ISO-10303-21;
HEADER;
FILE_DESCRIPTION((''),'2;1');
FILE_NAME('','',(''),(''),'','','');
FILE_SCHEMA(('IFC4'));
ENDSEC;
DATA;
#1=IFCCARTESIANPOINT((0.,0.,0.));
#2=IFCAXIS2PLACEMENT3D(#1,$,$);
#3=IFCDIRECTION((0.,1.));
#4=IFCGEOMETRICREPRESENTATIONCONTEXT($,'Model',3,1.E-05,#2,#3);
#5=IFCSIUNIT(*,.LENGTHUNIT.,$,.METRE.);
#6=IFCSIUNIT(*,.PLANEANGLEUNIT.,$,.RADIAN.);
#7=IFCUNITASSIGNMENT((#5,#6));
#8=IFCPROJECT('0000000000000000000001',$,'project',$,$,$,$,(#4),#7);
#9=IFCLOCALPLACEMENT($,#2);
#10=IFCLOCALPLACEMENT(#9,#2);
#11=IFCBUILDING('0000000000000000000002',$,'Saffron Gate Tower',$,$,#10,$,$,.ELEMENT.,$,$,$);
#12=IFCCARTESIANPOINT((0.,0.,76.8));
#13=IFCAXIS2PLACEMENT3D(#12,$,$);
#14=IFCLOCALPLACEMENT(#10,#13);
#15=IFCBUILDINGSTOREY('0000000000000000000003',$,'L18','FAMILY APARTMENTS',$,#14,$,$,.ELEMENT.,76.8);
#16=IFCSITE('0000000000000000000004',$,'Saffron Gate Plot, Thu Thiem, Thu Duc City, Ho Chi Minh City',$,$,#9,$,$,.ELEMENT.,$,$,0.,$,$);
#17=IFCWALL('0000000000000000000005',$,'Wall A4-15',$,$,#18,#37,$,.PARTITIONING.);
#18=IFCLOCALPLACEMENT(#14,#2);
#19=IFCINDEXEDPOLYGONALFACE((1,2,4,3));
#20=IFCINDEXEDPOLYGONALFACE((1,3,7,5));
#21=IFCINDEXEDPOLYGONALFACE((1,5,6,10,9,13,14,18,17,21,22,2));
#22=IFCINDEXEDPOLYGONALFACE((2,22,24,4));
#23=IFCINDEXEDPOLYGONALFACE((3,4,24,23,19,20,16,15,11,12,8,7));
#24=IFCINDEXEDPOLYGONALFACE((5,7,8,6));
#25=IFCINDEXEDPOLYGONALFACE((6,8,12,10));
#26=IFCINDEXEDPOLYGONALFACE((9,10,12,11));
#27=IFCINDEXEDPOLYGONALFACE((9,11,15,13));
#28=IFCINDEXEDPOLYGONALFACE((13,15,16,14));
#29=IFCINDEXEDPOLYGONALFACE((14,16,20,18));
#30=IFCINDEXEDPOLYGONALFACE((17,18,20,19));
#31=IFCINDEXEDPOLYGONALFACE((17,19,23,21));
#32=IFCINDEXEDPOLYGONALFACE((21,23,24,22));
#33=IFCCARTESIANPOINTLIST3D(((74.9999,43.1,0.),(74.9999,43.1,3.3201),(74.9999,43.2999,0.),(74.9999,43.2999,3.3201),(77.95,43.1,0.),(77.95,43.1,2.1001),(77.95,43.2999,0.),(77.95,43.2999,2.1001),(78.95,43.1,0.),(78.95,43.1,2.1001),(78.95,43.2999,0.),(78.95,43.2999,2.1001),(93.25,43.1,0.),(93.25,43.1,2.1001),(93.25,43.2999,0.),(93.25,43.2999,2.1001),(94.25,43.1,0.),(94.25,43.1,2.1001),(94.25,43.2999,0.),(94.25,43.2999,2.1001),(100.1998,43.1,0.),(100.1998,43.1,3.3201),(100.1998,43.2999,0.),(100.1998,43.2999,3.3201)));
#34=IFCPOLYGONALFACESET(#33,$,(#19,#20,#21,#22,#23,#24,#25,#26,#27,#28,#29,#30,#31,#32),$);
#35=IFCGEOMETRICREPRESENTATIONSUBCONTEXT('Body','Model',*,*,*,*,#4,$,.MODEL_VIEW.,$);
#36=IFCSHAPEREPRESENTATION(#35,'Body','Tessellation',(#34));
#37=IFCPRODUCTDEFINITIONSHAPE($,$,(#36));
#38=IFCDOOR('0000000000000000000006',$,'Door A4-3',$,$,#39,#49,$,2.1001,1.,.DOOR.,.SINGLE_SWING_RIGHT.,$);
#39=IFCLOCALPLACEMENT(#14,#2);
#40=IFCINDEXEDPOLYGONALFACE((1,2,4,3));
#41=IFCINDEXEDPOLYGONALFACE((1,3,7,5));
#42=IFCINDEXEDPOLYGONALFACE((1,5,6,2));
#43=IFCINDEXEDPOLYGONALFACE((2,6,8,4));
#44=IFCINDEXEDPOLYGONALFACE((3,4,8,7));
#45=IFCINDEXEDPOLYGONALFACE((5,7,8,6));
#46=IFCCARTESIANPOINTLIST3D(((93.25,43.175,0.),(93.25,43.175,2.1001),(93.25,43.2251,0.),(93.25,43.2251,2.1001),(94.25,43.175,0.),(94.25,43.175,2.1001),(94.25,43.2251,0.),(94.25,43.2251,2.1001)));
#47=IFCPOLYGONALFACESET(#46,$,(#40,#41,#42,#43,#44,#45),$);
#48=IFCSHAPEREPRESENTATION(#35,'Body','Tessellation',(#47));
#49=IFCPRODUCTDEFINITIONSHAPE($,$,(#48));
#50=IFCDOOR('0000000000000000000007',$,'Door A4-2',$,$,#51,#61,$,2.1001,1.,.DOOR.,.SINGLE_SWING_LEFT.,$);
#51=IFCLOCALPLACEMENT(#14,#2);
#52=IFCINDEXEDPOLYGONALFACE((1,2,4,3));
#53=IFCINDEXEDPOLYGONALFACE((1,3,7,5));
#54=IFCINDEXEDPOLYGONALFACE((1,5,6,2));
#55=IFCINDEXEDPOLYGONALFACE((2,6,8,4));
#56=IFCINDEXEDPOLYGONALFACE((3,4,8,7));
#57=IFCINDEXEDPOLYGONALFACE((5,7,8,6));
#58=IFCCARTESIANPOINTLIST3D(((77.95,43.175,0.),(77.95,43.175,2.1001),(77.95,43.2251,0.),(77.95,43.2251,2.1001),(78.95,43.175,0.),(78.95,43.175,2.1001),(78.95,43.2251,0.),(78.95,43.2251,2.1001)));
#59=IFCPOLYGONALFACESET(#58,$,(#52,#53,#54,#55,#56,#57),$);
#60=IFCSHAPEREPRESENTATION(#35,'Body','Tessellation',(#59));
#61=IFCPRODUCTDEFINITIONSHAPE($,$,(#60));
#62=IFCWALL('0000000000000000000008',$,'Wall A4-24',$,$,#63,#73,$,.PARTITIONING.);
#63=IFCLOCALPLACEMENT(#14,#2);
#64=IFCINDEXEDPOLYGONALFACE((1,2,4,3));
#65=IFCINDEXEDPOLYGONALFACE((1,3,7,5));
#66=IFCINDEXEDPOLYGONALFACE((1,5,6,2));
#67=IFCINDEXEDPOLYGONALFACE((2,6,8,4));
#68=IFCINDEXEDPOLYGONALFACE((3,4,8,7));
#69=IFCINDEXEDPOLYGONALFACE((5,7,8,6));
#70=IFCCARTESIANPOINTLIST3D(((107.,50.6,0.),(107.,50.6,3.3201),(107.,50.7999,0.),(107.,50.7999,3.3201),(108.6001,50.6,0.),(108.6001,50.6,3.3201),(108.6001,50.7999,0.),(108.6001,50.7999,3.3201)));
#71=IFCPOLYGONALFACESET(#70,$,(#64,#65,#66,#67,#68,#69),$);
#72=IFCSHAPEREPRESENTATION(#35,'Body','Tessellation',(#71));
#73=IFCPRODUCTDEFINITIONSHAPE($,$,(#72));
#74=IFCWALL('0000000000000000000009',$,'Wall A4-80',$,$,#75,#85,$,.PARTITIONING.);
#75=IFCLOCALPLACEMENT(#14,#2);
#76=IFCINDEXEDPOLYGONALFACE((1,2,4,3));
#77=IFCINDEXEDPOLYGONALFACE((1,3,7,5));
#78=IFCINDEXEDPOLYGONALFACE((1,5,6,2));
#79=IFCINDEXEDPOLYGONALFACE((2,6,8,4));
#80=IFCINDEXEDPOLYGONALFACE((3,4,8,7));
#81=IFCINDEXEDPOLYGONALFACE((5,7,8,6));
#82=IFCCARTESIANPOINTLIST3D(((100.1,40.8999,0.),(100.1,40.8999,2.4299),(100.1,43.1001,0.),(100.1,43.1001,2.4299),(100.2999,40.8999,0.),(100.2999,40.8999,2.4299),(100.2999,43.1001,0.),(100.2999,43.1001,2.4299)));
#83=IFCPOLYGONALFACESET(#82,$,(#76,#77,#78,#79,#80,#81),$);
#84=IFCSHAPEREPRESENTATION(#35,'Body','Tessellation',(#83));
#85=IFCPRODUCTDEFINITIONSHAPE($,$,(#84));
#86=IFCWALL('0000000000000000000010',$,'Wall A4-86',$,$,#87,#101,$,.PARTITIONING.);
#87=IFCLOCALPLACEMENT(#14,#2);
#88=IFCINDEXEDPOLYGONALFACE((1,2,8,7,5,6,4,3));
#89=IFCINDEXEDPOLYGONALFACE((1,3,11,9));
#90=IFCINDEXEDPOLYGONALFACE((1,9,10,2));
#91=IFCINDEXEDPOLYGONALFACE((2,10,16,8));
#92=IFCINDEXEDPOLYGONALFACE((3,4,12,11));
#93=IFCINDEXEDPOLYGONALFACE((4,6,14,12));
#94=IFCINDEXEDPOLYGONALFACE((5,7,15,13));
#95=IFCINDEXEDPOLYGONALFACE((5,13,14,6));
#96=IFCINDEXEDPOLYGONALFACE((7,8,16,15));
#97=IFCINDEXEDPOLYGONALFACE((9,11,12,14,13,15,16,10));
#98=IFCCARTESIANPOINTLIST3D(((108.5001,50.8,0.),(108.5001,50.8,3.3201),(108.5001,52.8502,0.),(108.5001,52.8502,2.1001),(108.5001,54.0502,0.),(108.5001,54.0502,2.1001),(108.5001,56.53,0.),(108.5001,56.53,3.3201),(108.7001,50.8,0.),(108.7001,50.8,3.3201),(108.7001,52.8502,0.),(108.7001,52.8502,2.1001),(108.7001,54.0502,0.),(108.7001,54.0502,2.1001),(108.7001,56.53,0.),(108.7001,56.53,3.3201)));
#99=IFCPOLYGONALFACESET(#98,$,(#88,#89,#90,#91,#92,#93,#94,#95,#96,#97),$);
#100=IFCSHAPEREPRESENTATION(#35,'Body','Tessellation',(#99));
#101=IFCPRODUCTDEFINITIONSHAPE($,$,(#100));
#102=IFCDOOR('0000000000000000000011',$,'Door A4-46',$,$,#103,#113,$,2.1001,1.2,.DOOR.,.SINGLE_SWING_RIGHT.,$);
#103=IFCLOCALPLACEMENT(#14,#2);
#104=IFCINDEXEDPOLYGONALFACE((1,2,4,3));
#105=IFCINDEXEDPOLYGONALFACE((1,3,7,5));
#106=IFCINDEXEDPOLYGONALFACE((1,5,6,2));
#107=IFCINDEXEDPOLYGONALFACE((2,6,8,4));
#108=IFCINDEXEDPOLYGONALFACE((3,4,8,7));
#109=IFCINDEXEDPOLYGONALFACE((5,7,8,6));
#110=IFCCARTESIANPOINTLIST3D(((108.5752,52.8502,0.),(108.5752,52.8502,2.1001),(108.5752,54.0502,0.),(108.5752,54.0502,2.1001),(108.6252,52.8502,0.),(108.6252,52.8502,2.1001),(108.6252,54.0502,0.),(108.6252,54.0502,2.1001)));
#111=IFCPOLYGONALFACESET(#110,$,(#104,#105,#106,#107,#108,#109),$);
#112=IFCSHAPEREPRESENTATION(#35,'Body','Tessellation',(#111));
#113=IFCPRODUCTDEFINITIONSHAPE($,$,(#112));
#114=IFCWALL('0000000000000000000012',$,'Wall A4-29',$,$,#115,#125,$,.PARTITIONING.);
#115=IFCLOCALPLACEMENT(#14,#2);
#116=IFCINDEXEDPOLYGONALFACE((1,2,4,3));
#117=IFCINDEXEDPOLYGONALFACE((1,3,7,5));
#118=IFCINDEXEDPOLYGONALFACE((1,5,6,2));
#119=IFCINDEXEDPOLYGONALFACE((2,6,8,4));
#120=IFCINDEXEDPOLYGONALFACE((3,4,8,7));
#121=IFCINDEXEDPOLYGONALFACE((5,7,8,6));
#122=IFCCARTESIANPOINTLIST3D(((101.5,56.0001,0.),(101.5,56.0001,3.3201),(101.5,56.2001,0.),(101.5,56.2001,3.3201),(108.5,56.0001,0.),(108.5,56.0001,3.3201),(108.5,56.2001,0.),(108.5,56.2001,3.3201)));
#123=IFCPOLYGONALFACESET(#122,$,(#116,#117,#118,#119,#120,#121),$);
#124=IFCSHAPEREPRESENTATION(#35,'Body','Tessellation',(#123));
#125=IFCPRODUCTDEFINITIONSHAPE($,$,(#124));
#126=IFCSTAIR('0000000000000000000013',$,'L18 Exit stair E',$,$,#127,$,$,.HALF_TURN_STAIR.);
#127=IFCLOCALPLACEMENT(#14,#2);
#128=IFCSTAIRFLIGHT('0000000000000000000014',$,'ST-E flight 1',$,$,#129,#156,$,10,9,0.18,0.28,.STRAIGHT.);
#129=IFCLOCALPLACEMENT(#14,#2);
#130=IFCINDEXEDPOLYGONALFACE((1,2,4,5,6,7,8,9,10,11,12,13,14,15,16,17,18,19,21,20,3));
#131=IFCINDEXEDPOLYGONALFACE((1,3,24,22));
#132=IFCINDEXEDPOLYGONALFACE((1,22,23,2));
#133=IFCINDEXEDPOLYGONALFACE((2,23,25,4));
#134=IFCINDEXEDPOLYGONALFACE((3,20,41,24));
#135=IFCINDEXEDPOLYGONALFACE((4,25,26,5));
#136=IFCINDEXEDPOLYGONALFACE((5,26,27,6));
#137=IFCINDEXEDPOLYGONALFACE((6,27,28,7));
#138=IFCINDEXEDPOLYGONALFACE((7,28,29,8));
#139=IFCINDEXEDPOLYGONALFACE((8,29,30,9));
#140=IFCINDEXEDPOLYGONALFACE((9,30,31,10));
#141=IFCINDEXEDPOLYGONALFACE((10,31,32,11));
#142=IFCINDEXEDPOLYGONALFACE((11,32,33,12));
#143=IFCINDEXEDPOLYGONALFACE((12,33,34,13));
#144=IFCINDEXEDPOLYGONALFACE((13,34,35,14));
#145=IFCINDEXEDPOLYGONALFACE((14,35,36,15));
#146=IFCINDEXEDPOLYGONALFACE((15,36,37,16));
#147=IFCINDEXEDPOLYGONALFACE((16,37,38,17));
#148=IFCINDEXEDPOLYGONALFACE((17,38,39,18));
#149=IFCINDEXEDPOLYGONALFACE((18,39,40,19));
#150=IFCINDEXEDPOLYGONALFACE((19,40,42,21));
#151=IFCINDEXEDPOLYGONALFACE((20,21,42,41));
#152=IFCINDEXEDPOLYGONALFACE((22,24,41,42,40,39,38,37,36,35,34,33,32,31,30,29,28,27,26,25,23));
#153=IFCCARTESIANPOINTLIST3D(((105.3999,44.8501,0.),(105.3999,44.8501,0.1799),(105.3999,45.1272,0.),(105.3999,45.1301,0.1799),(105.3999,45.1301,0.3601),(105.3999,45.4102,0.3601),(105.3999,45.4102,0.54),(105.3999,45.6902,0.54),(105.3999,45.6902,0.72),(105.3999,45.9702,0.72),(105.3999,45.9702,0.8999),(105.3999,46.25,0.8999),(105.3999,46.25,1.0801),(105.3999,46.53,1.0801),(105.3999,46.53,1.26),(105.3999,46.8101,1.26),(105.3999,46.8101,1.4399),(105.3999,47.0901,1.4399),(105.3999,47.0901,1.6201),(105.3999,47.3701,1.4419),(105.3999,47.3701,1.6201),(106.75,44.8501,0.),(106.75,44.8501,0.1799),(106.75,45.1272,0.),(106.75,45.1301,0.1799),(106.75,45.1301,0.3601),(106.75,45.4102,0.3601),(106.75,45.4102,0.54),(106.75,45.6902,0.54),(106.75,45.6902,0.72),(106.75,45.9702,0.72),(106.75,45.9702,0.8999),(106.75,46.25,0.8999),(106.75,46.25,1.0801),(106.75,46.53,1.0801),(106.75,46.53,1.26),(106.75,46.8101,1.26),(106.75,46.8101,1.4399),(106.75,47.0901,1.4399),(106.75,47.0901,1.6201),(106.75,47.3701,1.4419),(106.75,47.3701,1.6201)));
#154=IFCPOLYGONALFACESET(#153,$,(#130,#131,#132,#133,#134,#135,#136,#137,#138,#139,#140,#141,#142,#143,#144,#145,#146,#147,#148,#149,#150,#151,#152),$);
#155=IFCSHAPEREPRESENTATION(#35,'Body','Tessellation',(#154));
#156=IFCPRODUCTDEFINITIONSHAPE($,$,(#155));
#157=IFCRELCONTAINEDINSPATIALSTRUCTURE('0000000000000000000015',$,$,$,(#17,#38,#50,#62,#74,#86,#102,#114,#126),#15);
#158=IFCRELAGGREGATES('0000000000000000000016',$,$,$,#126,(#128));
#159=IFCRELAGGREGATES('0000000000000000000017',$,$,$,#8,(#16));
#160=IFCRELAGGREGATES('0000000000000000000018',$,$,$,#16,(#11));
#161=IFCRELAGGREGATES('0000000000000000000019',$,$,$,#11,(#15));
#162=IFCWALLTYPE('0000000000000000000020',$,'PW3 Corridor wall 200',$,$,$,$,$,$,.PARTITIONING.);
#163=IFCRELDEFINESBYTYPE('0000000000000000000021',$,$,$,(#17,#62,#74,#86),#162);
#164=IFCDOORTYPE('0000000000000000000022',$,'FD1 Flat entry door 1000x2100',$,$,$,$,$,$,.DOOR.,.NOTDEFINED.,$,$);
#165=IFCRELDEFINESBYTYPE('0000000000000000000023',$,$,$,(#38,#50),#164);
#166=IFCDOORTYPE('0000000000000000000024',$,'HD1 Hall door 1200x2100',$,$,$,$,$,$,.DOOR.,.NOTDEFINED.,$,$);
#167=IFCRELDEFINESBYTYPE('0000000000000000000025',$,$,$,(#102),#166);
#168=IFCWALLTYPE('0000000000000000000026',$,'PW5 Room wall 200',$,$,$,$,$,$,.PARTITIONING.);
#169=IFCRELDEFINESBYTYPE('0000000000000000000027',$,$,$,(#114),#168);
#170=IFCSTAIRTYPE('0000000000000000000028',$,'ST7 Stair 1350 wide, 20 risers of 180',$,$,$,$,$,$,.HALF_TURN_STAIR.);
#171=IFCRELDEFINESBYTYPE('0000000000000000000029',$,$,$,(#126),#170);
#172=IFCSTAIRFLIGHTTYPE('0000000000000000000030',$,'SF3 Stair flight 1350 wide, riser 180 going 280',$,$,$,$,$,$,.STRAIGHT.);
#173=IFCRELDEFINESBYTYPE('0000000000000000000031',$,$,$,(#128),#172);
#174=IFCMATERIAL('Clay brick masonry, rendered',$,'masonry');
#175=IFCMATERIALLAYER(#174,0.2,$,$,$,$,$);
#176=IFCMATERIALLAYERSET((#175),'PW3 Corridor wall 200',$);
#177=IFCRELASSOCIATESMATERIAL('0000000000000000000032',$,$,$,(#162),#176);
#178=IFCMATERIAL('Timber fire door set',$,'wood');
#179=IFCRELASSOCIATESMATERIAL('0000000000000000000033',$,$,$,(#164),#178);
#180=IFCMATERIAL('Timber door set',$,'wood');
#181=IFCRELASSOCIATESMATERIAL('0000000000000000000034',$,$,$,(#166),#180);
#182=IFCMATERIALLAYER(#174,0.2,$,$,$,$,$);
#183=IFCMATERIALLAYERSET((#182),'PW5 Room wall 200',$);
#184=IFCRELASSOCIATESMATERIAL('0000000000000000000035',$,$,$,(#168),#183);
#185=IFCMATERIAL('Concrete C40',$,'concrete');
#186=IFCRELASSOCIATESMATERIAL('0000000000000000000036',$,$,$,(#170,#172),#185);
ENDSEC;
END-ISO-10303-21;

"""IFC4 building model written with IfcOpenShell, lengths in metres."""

from ifc_helpers import new_model, si_unit, direction, frame, frame_2d, origin, place, context, subcontext, project, spatial, polyline, rectangle, outline, extrude, material, layer, layer_set, type_object, element, fill, aggregate, save


model = new_model("IFC4")

# Units and contexts
model_context = context("Model", 3, precision=1e-05, world=origin(), true_north=direction((0.0, 1.0)))
body_context = subcontext(model_context, "Body", "Model", "MODEL_VIEW")
ifc_project = project(units=[si_unit("LENGTHUNIT", "METRE"), si_unit("PLANEANGLEUNIT", "RADIAN")], contexts=[model_context])

# Site, building, storey
site_placement = place(None, origin())
site = spatial("IfcSite", under=ifc_project, at=site_placement, Name="Saffron Gate Plot, Thu Thiem, Thu Duc City, Ho Chi Minh City", CompositionType="ELEMENT", RefElevation=0.0)
building_placement = place(site_placement, origin())
building = spatial("IfcBuilding", under=site, at=building_placement, Name="Saffron Gate Tower", CompositionType="ELEMENT")
storey_placement = place(building_placement, frame((0.0, 0.0, 76.8)))
storey = spatial("IfcBuildingStorey", under=building, at=storey_placement, Name="L18", Description="FAMILY APARTMENTS", CompositionType="ELEMENT", Elevation=76.8)

# Shared definitions
ifc_material_1 = material(Name="Timber door set", Category="wood")

# Wall, openings, doors
ifc_material_2 = material(Name="Clay brick masonry, rendered", Category="masonry")
ifc_layer_1 = layer(ifc_material_2, 0.2)
ifc_layer_set_1 = layer_set([ifc_layer_1], Name="PW3 Corridor wall 200")
wall_type_1 = type_object("IfcWallType", Name="PW3 Corridor wall 200", PredefinedType="PARTITIONING", material=ifc_layer_set_1)
wall_1_placement = place(storey_placement, frame((100.2, 43.2, 0.0), z_axis=(0.0, 0.0, 1.0), x_axis=(-1.0, 0.0, 0.0)))
wall_1 = element("IfcWall", 1, at=wall_1_placement, inside=storey, type_object=wall_type_1, Name="Wall A4-15", PredefinedType="PARTITIONING", context=body_context, shape_type="SweptSolid", body=[
    extrude(rectangle(XDim=25.2, YDim=0.2, at=frame_2d((12.6001, 0.0))), origin(), (0.0, 0.0, 1.0), 3.3201),
])
opening_1_placement = place(wall_1_placement, frame((5.95, 0.0, 0.0)))
opening_1 = element("IfcOpeningElement", 2, at=opening_1_placement, cuts=wall_1, PredefinedType="OPENING", context=body_context, shape_type="SweptSolid", body=[
    extrude(rectangle(XDim=1.0, YDim=2.1001, at=frame_2d((0.5, 1.05))), frame((0.0, 0.1099, 0.0), z_axis=(0.0, -1.0, 0.0), x_axis=(1.0, 0.0, 0.0)), (0.0, 0.0, 1.0), 0.22),
])
opening_2_placement = place(wall_1_placement, frame((21.25, 0.0, 0.0)))
opening_2 = element("IfcOpeningElement", 3, at=opening_2_placement, cuts=wall_1, PredefinedType="OPENING", context=body_context, shape_type="SweptSolid", body=[
    extrude(rectangle(XDim=1.0, YDim=2.1001, at=frame_2d((0.5, 1.05))), frame((0.0, 0.1099, 0.0), z_axis=(0.0, -1.0, 0.0), x_axis=(1.0, 0.0, 0.0)), (0.0, 0.0, 1.0), 0.22),
])
ifc_material_3 = material(Name="Timber fire door set", Category="wood")
door_type_1 = type_object("IfcDoorType", Name="FD1 Flat entry door 1000x2100", OperationType="NOTDEFINED", PredefinedType="DOOR", material=ifc_material_3)
door_1_placement = place(opening_1_placement, origin())
door_1 = element("IfcDoor", 4, at=door_1_placement, inside=storey, type_object=door_type_1, Name="Door A4-3", OperationType="SINGLE_SWING_RIGHT", OverallHeight=2.1001, OverallWidth=1.0, PredefinedType="DOOR", context=body_context, shape_type="SweptSolid", body=[
    extrude(rectangle(XDim=1.0, YDim=2.1001, at=frame_2d((0.5, 1.05))), frame((0.0, 0.0249, 0.0), z_axis=(0.0, -1.0, 0.0), x_axis=(1.0, 0.0, 0.0)), (0.0, 0.0, 1.0), 0.05),
])
fill(opening_1, door_1)
door_2_placement = place(opening_2_placement, origin())
door_2 = element("IfcDoor", 5, at=door_2_placement, inside=storey, type_object=door_type_1, Name="Door A4-2", OperationType="SINGLE_SWING_LEFT", OverallHeight=2.1001, OverallWidth=1.0, PredefinedType="DOOR", context=body_context, shape_type="SweptSolid", body=[
    extrude(rectangle(XDim=1.0, YDim=2.1001, at=frame_2d((0.5, 1.05))), frame((0.0, 0.0249, 0.0), z_axis=(0.0, -1.0, 0.0), x_axis=(1.0, 0.0, 0.0)), (0.0, 0.0, 1.0), 0.05),
])
fill(opening_2, door_2)

# Walls
wall_2_placement = place(storey_placement, frame((107.0, 50.7, 0.0), z_axis=(0.0, 0.0, 1.0), x_axis=(1.0, 0.0, 0.0)))
element("IfcWall", 6, at=wall_2_placement, inside=storey, type_object=wall_type_1, Name="Wall A4-24", PredefinedType="PARTITIONING", context=body_context, shape_type="SweptSolid", body=[
    extrude(rectangle(XDim=1.6001, YDim=0.2, at=frame_2d((0.8, 0.0))), origin(), (0.0, 0.0, 1.0), 3.3201),
])
wall_3_placement = place(storey_placement, frame((100.2, 43.1001, 0.0), z_axis=(0.0, 0.0, 1.0), x_axis=(0.0, -1.0, 0.0)))
element("IfcWall", 7, at=wall_3_placement, inside=storey, type_object=wall_type_1, Name="Wall A4-80", PredefinedType="PARTITIONING", context=body_context, shape_type="SweptSolid", body=[
    extrude(rectangle(XDim=2.2002, YDim=0.2, at=frame_2d((1.1001, 0.0))), origin(), (0.0, 0.0, 1.0), 2.4299),
])

# Wall, opening, door
wall_4_placement = place(storey_placement, frame((108.6001, 50.8, 0.0), z_axis=(0.0, 0.0, 1.0), x_axis=(0.0, 1.0, 0.0)))
wall_4 = element("IfcWall", 8, at=wall_4_placement, inside=storey, type_object=wall_type_1, Name="Wall A4-86", PredefinedType="PARTITIONING", context=body_context, shape_type="SweptSolid", body=[
    extrude(rectangle(XDim=5.73, YDim=0.2, at=frame_2d((2.865, 0.0))), origin(), (0.0, 0.0, 1.0), 3.3201),
])
opening_3_placement = place(wall_4_placement, frame((2.05, 0.0, 0.0)))
opening_3 = element("IfcOpeningElement", 9, at=opening_3_placement, cuts=wall_4, PredefinedType="OPENING", context=body_context, shape_type="SweptSolid", body=[
    extrude(rectangle(XDim=1.2, YDim=2.1001, at=frame_2d((0.6001, 1.05))), frame((0.0, 0.1099, 0.0), z_axis=(0.0, -1.0, 0.0), x_axis=(1.0, 0.0, 0.0)), (0.0, 0.0, 1.0), 0.22),
])
door_type_2 = type_object("IfcDoorType", Name="HD1 Hall door 1200x2100", OperationType="NOTDEFINED", PredefinedType="DOOR", material=ifc_material_1)
door_3_placement = place(opening_3_placement, origin())
door_3 = element("IfcDoor", 10, at=door_3_placement, inside=storey, type_object=door_type_2, Name="Door A4-46", OperationType="SINGLE_SWING_RIGHT", OverallHeight=2.1001, OverallWidth=1.2, PredefinedType="DOOR", context=body_context, shape_type="SweptSolid", body=[
    extrude(rectangle(XDim=1.2, YDim=2.1001, at=frame_2d((0.6001, 1.05))), frame((0.0, 0.0249, 0.0), z_axis=(0.0, -1.0, 0.0), x_axis=(1.0, 0.0, 0.0)), (0.0, 0.0, 1.0), 0.05),
])
fill(opening_3, door_3)

# Wall
ifc_layer_2 = layer(ifc_material_2, 0.2)
ifc_layer_set_2 = layer_set([ifc_layer_2], Name="PW5 Room wall 200")
wall_type_2 = type_object("IfcWallType", Name="PW5 Room wall 200", PredefinedType="PARTITIONING", material=ifc_layer_set_2)
wall_5_placement = place(storey_placement, frame((101.5, 56.1001, 0.0), z_axis=(0.0, 0.0, 1.0), x_axis=(1.0, 0.0, 0.0)))
element("IfcWall", 11, at=wall_5_placement, inside=storey, type_object=wall_type_2, Name="Wall A4-29", PredefinedType="PARTITIONING", context=body_context, shape_type="SweptSolid", body=[
    extrude(rectangle(XDim=7.0, YDim=0.2, at=frame_2d((3.5, 0.0))), origin(), (0.0, 0.0, 1.0), 3.3201),
])

# Stair, stair flight
ifc_material_4 = material(Name="Concrete C40", Category="concrete")
stair_type = type_object("IfcStairType", Name="ST7 Stair 1350 wide, 20 risers of 180", PredefinedType="HALF_TURN_STAIR", material=ifc_material_4)
stair_placement = place(storey_placement, origin())
stair = element("IfcStair", 12, at=stair_placement, inside=storey, type_object=stair_type, Name="L18 Exit stair E", PredefinedType="HALF_TURN_STAIR")
stair_flight_type = type_object("IfcStairFlightType", Name="SF3 Stair flight 1350 wide, riser 180 going 280", PredefinedType="STRAIGHT", material=ifc_material_4)
stair_flight_1_placement = place(storey_placement, frame((106.075, 44.8501, 0.0), z_axis=(0.0, 0.0, 1.0), x_axis=(0.0, 1.0, 0.0)))
stair_flight_1 = element("IfcStairFlight", 13, at=stair_flight_1_placement, type_object=stair_flight_type, Name="ST-E flight 1", NumberOfRisers=10, NumberOfTreads=9, PredefinedType="STRAIGHT", RiserHeight=0.18, TreadLength=0.28, context=body_context, shape_type="SweptSolid", body=[
    extrude(outline(polyline([(0.0, 0.0), (0.0, 0.1799), (0.28, 0.1799), (0.28, 0.3601), (0.5601, 0.3601), (0.5601, 0.54), (0.8401, 0.54), (0.8401, 0.72), (1.1201, 0.72), (1.1201, 0.8999), (1.3999, 0.8999), (1.3999, 1.0801), (1.6799, 1.0801), (1.6799, 1.26), (1.96, 1.26), (1.96, 1.4399), (2.24, 1.4399), (2.24, 1.6201), (2.52, 1.6201), (2.52, 1.8), (2.52, 1.4419), (0.2771, 0.0), (0.0, 0.0)])), frame((0.0, 0.675, 0.0), z_axis=(0.0, -1.0, 0.0), x_axis=(1.0, 0.0, 0.0)), (0.0, 0.0, 1.0), 1.3501),
])
aggregate(stair, [stair_flight_1])

save(model, "model.ifc")
